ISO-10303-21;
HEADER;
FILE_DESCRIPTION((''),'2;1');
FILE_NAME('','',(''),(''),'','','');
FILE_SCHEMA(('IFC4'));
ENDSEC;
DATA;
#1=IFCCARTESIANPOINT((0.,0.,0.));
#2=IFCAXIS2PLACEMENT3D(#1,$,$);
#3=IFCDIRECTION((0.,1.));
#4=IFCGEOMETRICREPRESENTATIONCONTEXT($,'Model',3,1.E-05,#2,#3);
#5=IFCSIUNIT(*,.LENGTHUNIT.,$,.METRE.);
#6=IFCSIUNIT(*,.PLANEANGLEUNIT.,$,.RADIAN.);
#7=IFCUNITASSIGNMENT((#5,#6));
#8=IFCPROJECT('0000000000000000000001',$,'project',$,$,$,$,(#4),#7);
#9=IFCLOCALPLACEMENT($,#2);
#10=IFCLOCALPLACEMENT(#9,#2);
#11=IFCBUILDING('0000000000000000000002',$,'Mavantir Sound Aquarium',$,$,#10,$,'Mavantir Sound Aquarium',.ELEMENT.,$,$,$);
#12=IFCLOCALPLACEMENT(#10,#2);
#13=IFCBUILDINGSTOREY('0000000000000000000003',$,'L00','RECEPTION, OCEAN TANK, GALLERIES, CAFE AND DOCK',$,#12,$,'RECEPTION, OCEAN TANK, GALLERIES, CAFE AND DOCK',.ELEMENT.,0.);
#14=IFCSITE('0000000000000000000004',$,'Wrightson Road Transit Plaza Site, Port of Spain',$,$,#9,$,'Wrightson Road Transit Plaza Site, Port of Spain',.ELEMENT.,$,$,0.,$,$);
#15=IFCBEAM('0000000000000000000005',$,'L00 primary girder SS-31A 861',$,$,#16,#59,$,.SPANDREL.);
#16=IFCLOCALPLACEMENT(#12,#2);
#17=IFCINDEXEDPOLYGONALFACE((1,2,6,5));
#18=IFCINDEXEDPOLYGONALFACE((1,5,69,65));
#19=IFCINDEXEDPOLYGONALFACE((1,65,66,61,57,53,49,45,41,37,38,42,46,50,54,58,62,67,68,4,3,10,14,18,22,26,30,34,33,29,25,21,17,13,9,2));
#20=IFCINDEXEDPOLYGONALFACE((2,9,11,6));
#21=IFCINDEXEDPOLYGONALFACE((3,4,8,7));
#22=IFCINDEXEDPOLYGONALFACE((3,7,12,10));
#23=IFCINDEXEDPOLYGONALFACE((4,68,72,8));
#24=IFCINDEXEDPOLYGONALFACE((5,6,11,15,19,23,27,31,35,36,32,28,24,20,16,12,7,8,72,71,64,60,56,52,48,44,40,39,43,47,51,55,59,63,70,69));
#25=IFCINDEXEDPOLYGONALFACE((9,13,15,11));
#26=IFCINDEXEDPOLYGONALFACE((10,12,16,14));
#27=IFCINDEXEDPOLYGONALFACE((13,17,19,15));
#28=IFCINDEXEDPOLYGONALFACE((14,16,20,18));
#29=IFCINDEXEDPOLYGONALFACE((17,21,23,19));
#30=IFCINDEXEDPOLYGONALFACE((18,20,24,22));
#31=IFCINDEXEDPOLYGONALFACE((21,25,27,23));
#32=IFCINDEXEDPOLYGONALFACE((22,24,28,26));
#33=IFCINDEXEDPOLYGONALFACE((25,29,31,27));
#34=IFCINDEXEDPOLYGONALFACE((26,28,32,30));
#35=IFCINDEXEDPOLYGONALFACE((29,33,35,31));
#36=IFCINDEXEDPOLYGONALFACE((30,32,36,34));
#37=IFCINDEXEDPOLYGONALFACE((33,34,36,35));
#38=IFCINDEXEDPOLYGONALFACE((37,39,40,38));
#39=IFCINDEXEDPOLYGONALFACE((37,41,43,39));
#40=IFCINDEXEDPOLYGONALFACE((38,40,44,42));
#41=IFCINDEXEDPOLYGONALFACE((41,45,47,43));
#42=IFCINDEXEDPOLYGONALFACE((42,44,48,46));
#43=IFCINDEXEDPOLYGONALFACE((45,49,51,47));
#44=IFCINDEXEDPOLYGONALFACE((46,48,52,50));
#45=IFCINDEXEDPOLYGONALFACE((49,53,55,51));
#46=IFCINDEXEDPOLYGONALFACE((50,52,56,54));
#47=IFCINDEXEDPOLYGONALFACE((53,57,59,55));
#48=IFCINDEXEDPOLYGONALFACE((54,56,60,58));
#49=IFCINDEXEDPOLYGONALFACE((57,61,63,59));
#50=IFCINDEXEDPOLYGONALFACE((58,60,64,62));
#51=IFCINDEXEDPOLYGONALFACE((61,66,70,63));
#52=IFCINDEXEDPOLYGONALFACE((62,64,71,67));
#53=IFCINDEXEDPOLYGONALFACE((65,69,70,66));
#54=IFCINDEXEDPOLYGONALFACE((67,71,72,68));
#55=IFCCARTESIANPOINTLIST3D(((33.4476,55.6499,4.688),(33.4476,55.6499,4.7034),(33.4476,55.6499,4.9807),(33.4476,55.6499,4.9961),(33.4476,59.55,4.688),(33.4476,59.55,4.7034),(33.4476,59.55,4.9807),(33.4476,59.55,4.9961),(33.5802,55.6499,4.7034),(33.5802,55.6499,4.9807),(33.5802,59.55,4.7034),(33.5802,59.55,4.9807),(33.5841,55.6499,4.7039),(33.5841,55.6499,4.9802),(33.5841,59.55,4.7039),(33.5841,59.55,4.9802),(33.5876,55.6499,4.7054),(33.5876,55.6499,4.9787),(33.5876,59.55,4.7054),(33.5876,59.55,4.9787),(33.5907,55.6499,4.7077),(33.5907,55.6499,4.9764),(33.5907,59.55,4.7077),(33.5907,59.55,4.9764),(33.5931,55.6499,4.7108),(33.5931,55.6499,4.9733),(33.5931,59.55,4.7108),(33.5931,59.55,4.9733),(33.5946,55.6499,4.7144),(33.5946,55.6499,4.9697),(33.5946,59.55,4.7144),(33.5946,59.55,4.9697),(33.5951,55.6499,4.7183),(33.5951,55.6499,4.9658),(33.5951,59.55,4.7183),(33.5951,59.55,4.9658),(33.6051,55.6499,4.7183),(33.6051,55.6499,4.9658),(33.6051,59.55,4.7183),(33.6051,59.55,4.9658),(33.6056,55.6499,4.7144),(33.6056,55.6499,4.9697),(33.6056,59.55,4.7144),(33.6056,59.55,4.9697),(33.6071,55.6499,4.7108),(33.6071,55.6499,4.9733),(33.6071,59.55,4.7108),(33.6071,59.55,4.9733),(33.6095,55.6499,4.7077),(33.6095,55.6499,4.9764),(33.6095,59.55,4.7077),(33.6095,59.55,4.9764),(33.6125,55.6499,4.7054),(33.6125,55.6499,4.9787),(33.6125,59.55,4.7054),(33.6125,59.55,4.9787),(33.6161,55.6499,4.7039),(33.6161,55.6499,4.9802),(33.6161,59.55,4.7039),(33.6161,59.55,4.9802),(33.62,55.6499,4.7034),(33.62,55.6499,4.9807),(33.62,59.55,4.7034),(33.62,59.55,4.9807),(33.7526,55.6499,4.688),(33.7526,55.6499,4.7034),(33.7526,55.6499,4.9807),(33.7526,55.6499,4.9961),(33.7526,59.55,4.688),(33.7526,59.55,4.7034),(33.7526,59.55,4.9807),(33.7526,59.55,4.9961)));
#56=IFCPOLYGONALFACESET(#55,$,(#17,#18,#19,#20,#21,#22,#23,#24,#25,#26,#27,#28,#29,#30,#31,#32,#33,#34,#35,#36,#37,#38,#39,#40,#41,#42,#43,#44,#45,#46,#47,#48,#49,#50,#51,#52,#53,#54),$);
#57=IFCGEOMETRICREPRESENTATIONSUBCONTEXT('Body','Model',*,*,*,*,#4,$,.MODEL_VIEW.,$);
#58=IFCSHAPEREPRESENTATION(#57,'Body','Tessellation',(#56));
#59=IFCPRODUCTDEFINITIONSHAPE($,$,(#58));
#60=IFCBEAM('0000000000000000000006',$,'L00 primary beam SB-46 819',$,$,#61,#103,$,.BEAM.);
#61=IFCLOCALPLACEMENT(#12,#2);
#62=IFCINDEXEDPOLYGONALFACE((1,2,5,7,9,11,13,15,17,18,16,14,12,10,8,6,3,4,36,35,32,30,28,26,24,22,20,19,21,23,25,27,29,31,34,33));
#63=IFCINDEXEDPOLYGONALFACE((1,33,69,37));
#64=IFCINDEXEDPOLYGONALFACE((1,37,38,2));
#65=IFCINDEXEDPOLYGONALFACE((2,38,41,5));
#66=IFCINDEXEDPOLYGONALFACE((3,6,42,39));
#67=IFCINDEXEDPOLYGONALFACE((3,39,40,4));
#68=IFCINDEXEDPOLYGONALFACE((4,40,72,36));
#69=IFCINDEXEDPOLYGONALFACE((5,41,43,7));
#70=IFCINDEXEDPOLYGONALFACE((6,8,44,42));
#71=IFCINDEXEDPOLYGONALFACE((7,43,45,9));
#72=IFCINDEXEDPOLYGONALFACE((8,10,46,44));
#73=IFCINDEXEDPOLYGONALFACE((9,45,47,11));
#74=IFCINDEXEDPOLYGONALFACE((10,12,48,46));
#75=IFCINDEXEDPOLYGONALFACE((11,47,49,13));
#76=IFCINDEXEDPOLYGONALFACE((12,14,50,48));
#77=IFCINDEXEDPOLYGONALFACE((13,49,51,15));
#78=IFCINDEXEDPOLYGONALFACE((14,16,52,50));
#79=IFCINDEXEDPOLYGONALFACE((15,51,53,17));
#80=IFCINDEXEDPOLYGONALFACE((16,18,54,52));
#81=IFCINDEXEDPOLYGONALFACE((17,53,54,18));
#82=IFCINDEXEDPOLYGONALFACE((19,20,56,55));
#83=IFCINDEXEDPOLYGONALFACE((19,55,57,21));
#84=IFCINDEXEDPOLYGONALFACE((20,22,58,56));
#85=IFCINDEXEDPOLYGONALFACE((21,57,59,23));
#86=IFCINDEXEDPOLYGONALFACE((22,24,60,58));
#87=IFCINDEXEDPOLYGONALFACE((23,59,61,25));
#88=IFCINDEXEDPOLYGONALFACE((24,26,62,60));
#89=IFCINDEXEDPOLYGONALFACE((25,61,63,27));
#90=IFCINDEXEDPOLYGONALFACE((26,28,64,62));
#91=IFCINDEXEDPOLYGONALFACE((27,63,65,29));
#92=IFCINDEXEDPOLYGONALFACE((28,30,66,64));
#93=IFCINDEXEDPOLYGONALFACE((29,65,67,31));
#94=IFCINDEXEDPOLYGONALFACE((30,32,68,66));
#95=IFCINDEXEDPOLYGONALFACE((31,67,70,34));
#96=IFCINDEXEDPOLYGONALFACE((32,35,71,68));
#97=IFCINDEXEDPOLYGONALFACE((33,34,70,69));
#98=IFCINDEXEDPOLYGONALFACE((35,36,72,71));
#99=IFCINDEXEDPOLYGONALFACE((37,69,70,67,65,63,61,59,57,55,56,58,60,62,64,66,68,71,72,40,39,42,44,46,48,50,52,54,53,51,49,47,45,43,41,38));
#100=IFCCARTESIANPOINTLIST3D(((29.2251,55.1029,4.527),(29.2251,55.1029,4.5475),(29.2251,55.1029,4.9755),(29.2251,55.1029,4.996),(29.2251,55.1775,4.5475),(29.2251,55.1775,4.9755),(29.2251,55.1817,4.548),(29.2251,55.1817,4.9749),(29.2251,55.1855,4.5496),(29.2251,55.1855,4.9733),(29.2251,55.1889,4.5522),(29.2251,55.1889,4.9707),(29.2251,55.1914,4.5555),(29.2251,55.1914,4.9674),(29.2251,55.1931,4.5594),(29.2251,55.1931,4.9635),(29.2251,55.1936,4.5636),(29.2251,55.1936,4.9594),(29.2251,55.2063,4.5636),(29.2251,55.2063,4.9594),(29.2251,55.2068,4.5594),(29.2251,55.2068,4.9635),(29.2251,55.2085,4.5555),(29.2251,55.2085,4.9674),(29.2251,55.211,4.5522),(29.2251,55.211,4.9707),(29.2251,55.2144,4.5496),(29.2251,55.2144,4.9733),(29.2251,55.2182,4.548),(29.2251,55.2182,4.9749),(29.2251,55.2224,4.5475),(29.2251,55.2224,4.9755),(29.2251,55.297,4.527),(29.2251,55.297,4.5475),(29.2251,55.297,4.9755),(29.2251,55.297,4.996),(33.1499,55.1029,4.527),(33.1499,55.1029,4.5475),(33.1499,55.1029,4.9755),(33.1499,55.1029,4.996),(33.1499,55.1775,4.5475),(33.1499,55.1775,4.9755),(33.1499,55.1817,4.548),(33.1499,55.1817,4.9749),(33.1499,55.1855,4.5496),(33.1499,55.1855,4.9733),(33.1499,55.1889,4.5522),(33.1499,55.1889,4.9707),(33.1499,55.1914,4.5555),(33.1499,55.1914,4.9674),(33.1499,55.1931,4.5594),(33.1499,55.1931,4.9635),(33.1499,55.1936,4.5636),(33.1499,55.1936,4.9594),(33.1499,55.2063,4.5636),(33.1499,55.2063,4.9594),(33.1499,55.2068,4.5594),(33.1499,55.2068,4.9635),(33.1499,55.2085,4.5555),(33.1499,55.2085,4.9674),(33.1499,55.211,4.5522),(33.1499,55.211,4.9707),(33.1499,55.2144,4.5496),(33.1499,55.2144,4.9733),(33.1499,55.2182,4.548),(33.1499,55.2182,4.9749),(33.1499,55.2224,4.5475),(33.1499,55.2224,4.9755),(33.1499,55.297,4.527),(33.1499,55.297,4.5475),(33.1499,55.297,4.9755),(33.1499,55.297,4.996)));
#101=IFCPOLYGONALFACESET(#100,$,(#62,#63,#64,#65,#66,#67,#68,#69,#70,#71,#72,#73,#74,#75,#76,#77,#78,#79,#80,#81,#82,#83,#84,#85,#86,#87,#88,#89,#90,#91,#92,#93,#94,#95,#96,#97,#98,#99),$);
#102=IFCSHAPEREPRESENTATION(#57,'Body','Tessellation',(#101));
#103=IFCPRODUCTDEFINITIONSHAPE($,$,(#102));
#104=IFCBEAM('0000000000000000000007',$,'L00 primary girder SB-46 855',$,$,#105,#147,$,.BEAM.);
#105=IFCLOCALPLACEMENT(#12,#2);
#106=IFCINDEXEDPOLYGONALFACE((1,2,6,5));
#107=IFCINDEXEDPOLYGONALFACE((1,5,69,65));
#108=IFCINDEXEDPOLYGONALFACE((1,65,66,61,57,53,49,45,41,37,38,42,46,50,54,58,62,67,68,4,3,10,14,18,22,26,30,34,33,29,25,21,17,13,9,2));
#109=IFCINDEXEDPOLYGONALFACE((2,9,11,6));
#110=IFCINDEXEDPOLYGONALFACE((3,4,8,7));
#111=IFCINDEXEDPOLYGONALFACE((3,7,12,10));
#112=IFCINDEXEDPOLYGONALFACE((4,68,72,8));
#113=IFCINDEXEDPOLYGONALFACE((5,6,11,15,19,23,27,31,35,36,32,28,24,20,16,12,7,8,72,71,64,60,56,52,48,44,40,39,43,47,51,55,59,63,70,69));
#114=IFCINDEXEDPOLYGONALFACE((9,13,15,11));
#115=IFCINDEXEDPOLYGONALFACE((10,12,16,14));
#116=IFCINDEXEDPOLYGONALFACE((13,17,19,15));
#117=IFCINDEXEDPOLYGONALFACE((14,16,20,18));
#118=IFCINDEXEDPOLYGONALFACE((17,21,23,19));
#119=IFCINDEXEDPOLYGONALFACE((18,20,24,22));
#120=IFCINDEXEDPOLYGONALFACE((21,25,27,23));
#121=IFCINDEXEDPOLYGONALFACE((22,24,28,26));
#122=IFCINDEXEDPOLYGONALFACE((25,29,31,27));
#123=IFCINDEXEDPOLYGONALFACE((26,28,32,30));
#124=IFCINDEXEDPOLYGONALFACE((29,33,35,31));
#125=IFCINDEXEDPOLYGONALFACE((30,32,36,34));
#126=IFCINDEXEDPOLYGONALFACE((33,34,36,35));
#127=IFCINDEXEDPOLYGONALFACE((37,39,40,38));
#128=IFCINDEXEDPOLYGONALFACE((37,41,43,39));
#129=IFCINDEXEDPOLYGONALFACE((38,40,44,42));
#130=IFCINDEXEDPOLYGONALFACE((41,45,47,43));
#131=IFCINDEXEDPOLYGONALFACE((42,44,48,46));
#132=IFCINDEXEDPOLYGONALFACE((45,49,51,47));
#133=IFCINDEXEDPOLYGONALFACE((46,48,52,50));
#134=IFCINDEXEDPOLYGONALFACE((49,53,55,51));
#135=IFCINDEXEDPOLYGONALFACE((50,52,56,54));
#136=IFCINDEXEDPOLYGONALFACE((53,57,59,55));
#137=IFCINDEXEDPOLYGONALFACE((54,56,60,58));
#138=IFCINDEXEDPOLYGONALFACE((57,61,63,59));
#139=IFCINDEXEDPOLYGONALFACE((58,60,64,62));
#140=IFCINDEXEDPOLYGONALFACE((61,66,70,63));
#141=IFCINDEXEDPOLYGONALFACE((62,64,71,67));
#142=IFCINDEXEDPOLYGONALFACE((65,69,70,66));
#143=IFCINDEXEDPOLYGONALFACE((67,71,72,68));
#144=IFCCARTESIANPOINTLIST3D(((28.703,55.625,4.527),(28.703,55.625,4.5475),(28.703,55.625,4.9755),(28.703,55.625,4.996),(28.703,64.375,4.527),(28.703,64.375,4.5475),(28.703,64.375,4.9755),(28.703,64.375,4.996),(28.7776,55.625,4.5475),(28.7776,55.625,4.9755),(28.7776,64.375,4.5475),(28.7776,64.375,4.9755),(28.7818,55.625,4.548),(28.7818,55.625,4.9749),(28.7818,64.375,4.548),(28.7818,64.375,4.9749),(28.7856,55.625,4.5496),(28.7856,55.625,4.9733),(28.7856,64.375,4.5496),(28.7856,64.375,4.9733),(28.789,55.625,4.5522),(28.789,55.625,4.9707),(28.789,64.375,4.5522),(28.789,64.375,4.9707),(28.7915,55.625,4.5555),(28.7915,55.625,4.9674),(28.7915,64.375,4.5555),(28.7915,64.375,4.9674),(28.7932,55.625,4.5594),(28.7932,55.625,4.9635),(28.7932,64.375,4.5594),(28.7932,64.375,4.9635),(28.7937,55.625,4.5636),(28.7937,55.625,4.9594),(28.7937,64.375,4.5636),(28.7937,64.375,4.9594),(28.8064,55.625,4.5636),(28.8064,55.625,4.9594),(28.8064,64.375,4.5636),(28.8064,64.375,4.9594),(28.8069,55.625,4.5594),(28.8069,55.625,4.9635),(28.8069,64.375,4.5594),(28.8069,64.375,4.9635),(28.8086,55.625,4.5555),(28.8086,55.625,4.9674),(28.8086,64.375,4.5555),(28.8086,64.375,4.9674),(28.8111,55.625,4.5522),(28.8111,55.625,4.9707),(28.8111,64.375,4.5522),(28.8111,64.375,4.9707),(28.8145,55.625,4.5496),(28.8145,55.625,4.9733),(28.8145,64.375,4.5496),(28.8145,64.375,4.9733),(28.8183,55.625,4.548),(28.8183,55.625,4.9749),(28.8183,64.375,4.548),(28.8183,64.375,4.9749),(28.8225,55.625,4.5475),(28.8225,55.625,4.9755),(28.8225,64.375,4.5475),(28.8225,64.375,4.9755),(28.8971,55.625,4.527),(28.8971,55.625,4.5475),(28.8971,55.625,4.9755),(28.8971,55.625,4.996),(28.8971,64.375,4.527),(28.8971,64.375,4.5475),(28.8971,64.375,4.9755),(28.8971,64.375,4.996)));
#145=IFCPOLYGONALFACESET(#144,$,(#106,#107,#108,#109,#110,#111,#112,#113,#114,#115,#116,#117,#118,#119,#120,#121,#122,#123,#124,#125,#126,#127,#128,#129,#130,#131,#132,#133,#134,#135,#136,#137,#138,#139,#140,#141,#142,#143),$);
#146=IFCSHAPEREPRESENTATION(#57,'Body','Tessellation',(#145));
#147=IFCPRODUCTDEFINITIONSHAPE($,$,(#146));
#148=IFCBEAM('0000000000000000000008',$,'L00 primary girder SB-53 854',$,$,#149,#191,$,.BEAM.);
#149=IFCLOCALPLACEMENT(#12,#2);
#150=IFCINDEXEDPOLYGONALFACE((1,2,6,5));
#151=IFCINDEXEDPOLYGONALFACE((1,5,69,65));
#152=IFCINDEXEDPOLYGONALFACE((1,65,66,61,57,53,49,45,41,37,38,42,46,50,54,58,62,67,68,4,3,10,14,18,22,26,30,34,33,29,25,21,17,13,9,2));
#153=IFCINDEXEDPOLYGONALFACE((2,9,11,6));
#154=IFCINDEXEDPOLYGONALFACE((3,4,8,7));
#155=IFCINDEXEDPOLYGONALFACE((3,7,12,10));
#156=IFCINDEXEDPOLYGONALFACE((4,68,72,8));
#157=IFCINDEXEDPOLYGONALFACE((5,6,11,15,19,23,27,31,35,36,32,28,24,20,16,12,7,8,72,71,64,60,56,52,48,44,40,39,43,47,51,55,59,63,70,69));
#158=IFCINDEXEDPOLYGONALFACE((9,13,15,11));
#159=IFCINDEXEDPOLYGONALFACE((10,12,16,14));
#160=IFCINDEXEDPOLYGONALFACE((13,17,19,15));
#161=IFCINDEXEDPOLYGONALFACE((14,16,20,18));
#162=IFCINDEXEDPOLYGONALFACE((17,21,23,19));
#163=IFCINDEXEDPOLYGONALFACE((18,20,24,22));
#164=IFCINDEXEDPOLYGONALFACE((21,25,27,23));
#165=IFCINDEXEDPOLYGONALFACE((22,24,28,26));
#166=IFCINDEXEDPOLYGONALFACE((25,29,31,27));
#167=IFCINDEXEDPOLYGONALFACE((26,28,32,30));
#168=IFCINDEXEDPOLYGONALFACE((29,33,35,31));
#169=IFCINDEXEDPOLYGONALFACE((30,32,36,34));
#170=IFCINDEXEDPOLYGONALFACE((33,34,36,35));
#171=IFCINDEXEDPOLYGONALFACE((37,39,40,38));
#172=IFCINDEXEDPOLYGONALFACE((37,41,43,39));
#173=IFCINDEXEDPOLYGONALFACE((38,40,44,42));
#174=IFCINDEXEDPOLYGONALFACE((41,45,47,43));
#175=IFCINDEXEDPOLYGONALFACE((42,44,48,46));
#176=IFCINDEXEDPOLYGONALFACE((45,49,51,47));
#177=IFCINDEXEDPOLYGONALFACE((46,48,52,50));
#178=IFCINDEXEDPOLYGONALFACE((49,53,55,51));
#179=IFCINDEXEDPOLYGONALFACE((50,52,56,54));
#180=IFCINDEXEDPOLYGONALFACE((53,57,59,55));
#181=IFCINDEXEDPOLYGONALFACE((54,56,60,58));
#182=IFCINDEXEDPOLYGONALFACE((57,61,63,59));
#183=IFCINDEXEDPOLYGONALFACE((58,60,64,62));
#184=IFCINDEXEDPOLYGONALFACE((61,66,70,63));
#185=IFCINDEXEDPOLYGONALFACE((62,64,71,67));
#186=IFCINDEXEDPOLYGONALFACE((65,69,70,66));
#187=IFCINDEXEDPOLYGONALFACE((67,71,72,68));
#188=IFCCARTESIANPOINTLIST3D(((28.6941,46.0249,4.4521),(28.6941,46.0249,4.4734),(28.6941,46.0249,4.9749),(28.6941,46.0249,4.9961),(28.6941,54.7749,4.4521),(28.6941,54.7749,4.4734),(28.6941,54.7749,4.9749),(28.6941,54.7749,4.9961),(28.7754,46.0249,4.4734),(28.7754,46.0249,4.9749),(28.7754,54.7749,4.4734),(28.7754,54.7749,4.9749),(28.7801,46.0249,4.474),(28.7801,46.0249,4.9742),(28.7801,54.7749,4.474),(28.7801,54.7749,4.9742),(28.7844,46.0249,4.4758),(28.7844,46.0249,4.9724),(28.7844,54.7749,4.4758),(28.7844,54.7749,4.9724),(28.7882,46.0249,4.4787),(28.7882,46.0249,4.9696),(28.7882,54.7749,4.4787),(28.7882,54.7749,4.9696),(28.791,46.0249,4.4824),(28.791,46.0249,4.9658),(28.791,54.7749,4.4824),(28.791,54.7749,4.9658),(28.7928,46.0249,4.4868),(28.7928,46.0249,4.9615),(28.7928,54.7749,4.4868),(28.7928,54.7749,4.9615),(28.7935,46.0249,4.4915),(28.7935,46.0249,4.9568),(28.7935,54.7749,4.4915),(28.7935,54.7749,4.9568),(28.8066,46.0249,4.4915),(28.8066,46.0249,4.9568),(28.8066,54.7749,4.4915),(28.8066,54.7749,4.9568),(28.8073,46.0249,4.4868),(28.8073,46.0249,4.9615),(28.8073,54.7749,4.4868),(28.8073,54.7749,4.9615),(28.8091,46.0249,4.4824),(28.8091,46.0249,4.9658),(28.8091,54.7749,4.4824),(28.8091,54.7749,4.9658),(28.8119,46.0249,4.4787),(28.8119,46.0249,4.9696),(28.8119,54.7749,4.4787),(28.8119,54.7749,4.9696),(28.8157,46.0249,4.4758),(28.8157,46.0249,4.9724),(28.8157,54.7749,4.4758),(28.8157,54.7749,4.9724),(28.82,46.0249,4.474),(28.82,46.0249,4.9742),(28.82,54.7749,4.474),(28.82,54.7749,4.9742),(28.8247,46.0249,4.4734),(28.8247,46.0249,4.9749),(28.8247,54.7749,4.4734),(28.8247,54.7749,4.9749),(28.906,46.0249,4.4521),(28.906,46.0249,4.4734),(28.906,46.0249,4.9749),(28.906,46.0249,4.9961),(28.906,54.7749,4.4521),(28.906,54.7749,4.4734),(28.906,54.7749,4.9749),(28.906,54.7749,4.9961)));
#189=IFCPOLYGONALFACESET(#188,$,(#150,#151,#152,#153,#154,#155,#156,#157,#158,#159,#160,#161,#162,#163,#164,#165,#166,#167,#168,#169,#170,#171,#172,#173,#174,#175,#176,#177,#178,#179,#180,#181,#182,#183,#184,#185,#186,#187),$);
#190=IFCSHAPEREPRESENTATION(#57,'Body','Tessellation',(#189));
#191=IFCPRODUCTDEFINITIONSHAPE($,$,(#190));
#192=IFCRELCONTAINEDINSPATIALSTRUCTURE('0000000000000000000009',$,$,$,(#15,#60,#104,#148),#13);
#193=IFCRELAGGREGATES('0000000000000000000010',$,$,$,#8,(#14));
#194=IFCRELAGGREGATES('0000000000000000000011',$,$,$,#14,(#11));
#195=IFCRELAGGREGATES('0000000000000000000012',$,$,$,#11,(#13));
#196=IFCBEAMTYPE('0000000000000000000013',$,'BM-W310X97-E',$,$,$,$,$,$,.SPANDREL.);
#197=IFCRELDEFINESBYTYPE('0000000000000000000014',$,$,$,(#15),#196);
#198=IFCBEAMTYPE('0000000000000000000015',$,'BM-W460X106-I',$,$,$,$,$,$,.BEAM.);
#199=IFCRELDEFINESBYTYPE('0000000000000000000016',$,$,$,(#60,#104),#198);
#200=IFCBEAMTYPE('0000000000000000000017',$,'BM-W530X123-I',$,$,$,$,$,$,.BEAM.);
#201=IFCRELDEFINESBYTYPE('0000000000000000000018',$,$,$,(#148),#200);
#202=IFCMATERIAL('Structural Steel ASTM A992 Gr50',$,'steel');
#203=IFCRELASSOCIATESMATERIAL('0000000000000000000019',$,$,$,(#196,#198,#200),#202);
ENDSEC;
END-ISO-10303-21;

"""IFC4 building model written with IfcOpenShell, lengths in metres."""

from ifc_helpers import new_model, si_unit, direction, frame, origin, origin_2d, place, context, subcontext, project, spatial, i_section, extrude, material, material_profile, profile_set, type_object, element, save


model = new_model("IFC4")

# Units and contexts
model_context = context("Model", 3, precision=1e-05, world=origin(), true_north=direction((0.0, 1.0)))
body_context = subcontext(model_context, "Body", "Model", "MODEL_VIEW")
ifc_project = project(units=[si_unit("LENGTHUNIT", "METRE"), si_unit("PLANEANGLEUNIT", "RADIAN")], contexts=[model_context])

# Site, building, storey
site_placement = place(None, origin())
site = spatial("IfcSite", under=ifc_project, at=site_placement, Name="Wrightson Road Transit Plaza Site, Port of Spain", LongName="Wrightson Road Transit Plaza Site, Port of Spain", CompositionType="ELEMENT", RefElevation=0.0)
building_placement = place(site_placement, origin())
building = spatial("IfcBuilding", under=site, at=building_placement, Name="Mavantir Sound Aquarium", LongName="Mavantir Sound Aquarium", CompositionType="ELEMENT")
storey_placement = place(building_placement, origin())
storey = spatial("IfcBuildingStorey", under=building, at=storey_placement, Name="L00", Description="RECEPTION, OCEAN TANK, GALLERIES, CAFE AND DOCK", LongName="RECEPTION, OCEAN TANK, GALLERIES, CAFE AND DOCK", CompositionType="ELEMENT", Elevation=0.0)

# Beams
ifc_material_1 = material(Name="Structural Steel ASTM A992 Gr50", Category="steel")
ifc_material_profile_1 = material_profile(ifc_material_1, i_section(OverallWidth=0.3049, OverallDepth=0.3081, WebThickness=0.01, FlangeThickness=0.0154, FilletRadius=0.0149, at=origin_2d()), Name="W310X97")
ifc_profile_set_1 = profile_set([ifc_material_profile_1], Name="Structural Steel ASTM A992 Gr50")
beam_type_1 = type_object("IfcBeamType", Name="BM-W310X97-E", PredefinedType="SPANDREL", material=ifc_profile_set_1)
beam_1_placement = place(storey_placement, frame((33.6001, 55.6499, 4.842), z_axis=(0.0, 1.0, 0.0), x_axis=(-1.0, 0.0, 0.0)))
element("IfcBeam", 1, at=beam_1_placement, inside=storey, type_object=beam_type_1, Name="L00 primary girder SS-31A 861", PredefinedType="SPANDREL", context=body_context, shape_type="SweptSolid", body=[
    extrude(i_section(OverallWidth=0.3049, OverallDepth=0.3081, WebThickness=0.01, FlangeThickness=0.0154, FilletRadius=0.0149, at=origin_2d()), origin(), (0.0, 0.0, 1.0), 3.9001),
])
ifc_material_profile_2 = material_profile(ifc_material_1, i_section(OverallWidth=0.1941, OverallDepth=0.469, WebThickness=0.0127, FlangeThickness=0.0205, FilletRadius=0.0161, at=origin_2d()), Name="W460X106")
ifc_profile_set_2 = profile_set([ifc_material_profile_2], Name="Structural Steel ASTM A992 Gr50")
beam_type_2 = type_object("IfcBeamType", Name="BM-W460X106-I", PredefinedType="BEAM", material=ifc_profile_set_2)
beam_2_placement = place(storey_placement, frame((29.2251, 55.2, 4.7615), z_axis=(1.0, 0.0, 0.0), x_axis=(0.0, 1.0, 0.0)))
element("IfcBeam", 2, at=beam_2_placement, inside=storey, type_object=beam_type_2, Name="L00 primary beam SB-46 819", PredefinedType="BEAM", context=body_context, shape_type="SweptSolid", body=[
    extrude(i_section(OverallWidth=0.1941, OverallDepth=0.469, WebThickness=0.0127, FlangeThickness=0.0205, FilletRadius=0.0161, at=origin_2d()), origin(), (0.0, 0.0, 1.0), 3.9248),
])
beam_3_placement = place(storey_placement, frame((28.8, 55.625, 4.7615), z_axis=(0.0, 1.0, 0.0), x_axis=(-1.0, 0.0, 0.0)))
element("IfcBeam", 3, at=beam_3_placement, inside=storey, type_object=beam_type_2, Name="L00 primary girder SB-46 855", PredefinedType="BEAM", context=body_context, shape_type="SweptSolid", body=[
    extrude(i_section(OverallWidth=0.1941, OverallDepth=0.469, WebThickness=0.0127, FlangeThickness=0.0205, FilletRadius=0.0161, at=origin_2d()), origin(), (0.0, 0.0, 1.0), 8.75),
])
ifc_material_profile_3 = material_profile(ifc_material_1, i_section(OverallWidth=0.2119, OverallDepth=0.5439, WebThickness=0.0132, FlangeThickness=0.0212, FilletRadius=0.0181, at=origin_2d()), Name="W530X123")
ifc_profile_set_3 = profile_set([ifc_material_profile_3], Name="Structural Steel ASTM A992 Gr50")
beam_type_3 = type_object("IfcBeamType", Name="BM-W530X123-I", PredefinedType="BEAM", material=ifc_profile_set_3)
beam_4_placement = place(storey_placement, frame((28.8, 46.0249, 4.7241), z_axis=(0.0, 1.0, 0.0), x_axis=(-1.0, 0.0, 0.0)))
element("IfcBeam", 4, at=beam_4_placement, inside=storey, type_object=beam_type_3, Name="L00 primary girder SB-53 854", PredefinedType="BEAM", context=body_context, shape_type="SweptSolid", body=[
    extrude(i_section(OverallWidth=0.2119, OverallDepth=0.5439, WebThickness=0.0132, FlangeThickness=0.0212, FilletRadius=0.0181, at=origin_2d()), origin(), (0.0, 0.0, 1.0), 8.75),
])

save(model, "model.ifc")
